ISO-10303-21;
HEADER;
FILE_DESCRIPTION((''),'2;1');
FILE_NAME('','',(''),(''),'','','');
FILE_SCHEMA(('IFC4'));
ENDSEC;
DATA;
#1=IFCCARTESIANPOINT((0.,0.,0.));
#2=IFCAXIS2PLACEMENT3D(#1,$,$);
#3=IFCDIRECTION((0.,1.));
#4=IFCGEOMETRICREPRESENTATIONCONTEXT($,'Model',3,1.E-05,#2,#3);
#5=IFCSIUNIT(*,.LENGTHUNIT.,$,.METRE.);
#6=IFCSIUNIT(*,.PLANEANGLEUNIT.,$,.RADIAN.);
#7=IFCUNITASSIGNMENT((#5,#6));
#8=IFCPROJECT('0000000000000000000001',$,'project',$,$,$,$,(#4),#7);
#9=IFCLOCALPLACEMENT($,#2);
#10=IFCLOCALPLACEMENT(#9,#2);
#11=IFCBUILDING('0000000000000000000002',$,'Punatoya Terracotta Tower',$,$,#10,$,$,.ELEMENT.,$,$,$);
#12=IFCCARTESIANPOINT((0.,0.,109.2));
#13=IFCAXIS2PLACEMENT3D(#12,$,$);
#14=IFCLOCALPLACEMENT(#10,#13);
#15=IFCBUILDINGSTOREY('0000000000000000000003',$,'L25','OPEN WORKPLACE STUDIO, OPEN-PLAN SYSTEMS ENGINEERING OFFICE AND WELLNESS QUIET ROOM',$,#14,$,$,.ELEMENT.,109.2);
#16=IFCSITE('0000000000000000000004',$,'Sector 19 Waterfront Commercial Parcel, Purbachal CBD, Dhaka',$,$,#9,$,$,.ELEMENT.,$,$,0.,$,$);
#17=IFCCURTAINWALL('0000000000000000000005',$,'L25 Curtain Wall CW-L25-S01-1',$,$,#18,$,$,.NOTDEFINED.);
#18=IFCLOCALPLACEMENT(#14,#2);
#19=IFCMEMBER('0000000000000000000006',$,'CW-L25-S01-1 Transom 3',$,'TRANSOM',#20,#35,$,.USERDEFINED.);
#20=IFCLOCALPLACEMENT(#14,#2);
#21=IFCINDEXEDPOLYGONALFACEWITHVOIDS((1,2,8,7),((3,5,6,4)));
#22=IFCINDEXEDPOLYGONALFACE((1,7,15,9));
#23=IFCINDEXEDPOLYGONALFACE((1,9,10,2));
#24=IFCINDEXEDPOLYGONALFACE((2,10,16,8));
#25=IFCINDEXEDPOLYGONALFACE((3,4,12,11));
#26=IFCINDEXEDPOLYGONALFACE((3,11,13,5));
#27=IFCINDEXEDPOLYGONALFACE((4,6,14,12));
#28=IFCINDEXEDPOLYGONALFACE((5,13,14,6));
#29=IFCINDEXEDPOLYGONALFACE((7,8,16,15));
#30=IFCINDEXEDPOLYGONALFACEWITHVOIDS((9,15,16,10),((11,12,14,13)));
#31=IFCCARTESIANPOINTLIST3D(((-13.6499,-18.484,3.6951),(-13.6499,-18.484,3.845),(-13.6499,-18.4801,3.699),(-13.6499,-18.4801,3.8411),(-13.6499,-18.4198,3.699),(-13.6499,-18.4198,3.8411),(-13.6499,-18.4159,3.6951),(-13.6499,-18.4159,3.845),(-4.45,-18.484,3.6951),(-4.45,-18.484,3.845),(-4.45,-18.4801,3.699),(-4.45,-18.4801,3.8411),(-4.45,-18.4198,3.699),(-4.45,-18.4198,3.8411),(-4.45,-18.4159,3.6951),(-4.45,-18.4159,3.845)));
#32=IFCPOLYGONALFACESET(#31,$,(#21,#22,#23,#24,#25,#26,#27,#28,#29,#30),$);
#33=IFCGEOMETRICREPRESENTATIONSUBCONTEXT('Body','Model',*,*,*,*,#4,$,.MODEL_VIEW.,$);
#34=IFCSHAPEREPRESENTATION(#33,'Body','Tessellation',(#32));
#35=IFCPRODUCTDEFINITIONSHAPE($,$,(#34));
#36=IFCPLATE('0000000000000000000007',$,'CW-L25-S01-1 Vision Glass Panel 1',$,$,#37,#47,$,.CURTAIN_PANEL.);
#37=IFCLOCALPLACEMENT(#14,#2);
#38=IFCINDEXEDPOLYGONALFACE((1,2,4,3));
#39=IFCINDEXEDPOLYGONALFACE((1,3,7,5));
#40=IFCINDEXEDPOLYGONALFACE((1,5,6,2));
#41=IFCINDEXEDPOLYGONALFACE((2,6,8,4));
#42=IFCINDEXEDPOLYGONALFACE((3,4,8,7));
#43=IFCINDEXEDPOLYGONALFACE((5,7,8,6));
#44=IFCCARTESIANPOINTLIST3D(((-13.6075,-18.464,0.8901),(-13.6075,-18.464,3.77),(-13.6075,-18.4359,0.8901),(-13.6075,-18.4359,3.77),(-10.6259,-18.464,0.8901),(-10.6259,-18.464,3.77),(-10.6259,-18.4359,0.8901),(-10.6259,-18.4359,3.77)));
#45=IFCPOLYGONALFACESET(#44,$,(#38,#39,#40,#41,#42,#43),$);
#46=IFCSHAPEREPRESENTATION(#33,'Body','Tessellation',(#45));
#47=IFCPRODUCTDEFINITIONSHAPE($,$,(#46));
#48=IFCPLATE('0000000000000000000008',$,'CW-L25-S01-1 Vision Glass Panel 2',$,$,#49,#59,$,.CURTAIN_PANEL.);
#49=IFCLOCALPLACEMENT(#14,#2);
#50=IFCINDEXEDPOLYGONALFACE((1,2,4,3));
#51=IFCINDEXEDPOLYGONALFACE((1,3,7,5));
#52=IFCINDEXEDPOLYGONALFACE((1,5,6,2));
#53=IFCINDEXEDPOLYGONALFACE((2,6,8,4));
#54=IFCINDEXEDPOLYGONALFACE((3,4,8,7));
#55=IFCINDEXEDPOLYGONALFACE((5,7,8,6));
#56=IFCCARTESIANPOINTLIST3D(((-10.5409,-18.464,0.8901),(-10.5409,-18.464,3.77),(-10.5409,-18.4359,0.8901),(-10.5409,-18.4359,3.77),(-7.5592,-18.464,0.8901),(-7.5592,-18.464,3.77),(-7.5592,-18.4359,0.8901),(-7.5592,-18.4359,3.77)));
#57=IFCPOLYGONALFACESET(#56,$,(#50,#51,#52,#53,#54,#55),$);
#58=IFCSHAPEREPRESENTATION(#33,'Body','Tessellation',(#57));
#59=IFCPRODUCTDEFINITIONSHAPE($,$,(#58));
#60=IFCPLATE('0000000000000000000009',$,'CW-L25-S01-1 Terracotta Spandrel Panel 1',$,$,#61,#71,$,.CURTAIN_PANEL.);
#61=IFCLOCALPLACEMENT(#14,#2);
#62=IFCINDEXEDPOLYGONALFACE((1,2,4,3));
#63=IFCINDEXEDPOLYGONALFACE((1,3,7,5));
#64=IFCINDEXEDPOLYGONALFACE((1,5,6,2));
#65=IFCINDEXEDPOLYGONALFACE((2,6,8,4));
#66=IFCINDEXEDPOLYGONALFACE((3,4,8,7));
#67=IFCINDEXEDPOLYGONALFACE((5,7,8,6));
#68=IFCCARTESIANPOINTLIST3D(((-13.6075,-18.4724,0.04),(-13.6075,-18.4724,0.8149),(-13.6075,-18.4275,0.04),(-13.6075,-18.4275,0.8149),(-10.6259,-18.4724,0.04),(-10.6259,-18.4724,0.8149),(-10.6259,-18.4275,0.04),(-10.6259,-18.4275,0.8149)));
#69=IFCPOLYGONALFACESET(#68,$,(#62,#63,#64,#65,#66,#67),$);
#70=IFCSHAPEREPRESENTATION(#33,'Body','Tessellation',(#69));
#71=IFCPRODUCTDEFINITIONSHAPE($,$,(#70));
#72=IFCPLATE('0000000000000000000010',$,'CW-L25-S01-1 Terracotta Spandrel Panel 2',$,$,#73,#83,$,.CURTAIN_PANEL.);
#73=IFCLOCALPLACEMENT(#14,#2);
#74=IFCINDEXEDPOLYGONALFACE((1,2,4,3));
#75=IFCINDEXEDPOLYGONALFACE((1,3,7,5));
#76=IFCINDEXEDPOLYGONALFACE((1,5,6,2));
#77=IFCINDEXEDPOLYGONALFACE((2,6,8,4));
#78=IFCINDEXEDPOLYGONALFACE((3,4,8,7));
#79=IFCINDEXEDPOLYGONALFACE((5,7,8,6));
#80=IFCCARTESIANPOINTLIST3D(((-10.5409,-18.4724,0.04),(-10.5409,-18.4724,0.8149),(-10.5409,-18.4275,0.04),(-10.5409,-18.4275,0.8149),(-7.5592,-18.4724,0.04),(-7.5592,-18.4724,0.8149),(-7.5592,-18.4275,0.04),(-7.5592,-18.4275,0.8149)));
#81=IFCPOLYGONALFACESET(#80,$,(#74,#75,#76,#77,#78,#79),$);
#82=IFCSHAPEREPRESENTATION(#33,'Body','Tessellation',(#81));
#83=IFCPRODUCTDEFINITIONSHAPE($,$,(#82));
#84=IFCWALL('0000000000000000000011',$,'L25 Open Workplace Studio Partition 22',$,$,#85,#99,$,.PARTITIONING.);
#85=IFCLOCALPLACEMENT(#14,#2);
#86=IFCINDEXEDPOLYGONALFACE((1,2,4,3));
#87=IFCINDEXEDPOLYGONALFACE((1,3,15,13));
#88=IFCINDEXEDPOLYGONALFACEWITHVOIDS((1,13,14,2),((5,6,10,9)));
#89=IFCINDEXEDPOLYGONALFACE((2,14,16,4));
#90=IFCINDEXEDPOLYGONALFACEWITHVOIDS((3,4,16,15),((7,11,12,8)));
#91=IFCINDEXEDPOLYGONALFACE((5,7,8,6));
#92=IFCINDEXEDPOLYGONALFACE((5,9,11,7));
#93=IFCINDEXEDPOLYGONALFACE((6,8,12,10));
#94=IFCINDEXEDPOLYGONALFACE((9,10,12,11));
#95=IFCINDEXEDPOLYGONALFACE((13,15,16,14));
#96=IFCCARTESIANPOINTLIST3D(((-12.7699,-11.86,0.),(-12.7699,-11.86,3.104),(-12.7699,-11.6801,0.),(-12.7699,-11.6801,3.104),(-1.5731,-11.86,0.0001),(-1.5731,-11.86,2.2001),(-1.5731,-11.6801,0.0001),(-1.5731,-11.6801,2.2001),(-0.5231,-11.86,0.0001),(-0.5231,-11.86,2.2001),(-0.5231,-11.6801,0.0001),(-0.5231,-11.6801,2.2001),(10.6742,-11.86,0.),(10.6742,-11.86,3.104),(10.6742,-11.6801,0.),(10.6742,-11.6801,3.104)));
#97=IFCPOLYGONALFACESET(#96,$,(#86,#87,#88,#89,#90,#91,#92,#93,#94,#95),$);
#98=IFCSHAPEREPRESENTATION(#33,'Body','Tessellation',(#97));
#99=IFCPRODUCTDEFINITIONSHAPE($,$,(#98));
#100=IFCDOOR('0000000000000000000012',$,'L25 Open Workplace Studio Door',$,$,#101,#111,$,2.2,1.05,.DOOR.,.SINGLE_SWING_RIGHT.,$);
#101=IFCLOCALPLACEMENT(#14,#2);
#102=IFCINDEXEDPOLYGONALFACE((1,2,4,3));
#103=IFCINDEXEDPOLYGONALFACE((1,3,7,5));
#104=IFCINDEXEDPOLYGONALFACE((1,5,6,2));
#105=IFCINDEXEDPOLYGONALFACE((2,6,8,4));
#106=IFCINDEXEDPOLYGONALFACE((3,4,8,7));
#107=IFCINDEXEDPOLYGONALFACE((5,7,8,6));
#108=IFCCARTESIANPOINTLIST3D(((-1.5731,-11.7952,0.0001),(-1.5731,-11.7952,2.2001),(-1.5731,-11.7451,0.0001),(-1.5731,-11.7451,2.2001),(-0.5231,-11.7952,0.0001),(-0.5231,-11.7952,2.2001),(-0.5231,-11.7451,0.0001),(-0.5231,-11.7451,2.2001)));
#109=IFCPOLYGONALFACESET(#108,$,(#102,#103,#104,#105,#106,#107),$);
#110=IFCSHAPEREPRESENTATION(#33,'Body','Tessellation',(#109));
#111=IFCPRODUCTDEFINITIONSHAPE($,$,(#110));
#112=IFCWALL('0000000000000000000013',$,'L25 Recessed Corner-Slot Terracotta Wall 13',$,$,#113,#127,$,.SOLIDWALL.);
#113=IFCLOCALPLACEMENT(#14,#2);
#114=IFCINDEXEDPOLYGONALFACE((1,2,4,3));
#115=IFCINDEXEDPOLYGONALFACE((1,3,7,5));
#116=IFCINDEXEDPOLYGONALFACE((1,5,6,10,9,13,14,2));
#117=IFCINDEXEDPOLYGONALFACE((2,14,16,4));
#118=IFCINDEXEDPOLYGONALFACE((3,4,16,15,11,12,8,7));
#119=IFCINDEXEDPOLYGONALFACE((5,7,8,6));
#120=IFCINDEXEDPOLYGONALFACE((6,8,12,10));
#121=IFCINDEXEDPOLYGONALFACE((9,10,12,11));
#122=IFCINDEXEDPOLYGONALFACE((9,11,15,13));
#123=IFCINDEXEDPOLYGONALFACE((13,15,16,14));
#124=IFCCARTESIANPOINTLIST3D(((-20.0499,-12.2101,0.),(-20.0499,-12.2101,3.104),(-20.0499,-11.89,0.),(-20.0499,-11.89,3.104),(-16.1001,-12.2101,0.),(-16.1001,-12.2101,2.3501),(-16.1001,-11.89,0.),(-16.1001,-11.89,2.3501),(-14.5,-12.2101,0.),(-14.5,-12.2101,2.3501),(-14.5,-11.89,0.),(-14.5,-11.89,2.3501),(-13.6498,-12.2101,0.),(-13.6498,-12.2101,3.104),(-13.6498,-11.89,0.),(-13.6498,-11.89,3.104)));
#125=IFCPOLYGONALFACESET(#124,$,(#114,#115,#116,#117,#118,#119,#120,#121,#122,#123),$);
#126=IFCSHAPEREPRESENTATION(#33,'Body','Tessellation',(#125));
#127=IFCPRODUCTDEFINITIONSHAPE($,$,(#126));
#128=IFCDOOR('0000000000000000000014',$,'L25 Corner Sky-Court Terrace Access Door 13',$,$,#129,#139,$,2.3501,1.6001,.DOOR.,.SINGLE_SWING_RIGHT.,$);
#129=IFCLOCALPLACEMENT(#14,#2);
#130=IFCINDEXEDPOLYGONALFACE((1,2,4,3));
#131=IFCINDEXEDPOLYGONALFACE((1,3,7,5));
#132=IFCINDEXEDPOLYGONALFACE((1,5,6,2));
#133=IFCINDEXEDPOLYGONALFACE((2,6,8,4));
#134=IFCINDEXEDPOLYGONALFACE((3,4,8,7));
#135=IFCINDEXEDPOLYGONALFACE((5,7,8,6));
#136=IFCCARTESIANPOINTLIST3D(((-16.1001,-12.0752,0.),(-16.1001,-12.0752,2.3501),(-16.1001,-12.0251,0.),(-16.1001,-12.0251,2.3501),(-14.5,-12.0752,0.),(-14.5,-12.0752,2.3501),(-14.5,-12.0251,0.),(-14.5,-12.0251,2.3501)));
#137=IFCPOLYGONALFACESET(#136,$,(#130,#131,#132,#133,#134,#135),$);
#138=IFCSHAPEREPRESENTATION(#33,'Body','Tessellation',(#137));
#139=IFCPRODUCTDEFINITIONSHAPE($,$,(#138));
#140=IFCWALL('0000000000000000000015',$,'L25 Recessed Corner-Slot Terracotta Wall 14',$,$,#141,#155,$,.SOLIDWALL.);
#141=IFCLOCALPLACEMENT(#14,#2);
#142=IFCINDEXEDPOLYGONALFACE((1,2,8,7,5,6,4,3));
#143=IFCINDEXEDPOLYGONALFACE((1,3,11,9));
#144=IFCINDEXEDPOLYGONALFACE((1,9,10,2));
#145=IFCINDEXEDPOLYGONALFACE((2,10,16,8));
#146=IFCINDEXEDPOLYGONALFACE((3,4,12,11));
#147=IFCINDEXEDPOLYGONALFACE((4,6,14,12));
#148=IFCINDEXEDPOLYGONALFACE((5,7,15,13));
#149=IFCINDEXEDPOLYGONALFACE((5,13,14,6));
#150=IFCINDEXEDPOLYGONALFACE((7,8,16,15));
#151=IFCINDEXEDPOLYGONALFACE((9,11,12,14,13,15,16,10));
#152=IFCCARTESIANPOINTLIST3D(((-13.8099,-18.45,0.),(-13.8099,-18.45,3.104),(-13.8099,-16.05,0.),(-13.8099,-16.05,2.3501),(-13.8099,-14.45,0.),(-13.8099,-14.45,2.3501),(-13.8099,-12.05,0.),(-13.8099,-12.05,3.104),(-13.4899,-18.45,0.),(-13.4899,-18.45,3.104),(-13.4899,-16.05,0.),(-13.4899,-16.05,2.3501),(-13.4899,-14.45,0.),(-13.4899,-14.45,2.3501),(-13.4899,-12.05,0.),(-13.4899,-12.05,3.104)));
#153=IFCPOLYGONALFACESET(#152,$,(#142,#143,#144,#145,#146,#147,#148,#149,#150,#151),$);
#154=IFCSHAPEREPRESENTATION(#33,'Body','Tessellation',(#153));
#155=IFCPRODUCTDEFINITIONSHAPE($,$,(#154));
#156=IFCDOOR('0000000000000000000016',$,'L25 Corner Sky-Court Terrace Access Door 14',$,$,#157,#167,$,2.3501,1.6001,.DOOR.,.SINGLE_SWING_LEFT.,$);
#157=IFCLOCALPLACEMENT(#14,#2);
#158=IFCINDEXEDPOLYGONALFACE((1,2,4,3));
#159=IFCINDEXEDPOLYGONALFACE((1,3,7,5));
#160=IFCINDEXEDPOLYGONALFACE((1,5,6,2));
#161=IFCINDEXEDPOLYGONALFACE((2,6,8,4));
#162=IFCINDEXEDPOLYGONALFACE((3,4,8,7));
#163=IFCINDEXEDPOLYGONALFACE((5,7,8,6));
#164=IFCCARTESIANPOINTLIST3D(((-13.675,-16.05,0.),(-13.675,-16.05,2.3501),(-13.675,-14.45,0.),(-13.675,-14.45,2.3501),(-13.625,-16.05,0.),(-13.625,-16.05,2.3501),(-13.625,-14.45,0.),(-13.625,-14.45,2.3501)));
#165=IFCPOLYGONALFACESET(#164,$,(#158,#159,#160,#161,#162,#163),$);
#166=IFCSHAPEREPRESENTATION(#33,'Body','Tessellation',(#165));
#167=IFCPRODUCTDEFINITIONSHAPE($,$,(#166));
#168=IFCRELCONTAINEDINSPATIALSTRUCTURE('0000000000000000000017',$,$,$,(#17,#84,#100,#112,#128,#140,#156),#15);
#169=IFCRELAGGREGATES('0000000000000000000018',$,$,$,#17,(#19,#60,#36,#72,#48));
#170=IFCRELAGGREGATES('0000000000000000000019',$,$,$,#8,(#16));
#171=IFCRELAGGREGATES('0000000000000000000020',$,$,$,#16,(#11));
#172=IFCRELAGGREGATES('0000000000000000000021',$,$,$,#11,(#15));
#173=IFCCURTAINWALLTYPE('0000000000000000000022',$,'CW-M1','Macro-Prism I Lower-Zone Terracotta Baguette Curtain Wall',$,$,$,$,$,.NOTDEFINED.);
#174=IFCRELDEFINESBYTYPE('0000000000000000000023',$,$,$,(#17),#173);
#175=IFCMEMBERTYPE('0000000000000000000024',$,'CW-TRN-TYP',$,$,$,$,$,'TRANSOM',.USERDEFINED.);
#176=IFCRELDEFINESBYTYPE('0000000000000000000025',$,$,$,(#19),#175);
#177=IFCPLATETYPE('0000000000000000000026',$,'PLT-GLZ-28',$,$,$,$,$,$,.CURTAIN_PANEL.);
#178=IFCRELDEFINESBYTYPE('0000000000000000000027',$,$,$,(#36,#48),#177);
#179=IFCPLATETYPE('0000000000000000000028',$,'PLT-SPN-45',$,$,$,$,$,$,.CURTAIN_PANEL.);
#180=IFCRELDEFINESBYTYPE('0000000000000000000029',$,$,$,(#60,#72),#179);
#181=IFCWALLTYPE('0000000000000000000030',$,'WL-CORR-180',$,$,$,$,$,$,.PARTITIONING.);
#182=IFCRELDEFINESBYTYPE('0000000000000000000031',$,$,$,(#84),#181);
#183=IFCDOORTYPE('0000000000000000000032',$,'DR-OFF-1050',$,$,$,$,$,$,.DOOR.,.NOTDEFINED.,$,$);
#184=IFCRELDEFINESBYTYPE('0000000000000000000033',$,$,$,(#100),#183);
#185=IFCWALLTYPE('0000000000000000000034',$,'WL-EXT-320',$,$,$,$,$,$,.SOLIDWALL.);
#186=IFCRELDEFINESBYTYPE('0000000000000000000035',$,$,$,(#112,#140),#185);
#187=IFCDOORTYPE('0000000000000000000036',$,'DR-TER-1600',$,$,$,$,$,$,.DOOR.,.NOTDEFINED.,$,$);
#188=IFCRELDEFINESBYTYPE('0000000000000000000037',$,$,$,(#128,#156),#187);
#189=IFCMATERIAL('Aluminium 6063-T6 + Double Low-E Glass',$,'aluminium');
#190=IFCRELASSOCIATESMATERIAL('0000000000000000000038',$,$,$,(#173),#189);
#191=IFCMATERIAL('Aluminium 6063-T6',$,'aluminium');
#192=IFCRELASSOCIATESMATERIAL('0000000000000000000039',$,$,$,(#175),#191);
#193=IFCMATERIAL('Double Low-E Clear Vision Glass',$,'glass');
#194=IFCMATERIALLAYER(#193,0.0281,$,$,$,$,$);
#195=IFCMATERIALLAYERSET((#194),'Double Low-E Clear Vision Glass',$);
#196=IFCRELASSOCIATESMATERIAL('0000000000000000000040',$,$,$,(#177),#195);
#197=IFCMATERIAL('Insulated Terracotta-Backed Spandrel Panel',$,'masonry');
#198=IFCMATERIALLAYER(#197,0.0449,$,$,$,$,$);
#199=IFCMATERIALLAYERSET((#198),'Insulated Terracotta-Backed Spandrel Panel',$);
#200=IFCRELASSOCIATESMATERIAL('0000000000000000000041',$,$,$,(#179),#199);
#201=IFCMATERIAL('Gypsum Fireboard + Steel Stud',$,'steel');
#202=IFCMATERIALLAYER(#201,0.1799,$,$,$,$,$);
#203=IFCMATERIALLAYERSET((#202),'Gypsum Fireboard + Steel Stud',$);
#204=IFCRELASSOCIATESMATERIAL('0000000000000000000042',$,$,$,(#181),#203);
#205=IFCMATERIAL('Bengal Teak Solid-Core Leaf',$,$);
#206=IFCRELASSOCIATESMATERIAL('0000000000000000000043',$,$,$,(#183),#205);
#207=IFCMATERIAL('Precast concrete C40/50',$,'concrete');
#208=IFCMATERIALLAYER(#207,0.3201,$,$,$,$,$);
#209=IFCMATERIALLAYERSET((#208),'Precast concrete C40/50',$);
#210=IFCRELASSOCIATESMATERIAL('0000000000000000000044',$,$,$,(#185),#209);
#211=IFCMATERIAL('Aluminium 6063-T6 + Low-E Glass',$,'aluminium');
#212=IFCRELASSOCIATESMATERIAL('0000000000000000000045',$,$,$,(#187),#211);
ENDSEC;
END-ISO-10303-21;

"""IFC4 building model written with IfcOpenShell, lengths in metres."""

from ifc_helpers import new_model, si_unit, direction, frame, frame_2d, origin, origin_2d, place, context, subcontext, project, spatial, rectangle, hollow_rectangle, extrude, material, layer, layer_set, material_profile, profile_set, type_object, element, fill, aggregate, save


model = new_model("IFC4")

# Units and contexts
model_context = context("Model", 3, precision=1e-05, world=origin(), true_north=direction((0.0, 1.0)))
body_context = subcontext(model_context, "Body", "Model", "MODEL_VIEW")
ifc_project = project(units=[si_unit("LENGTHUNIT", "METRE"), si_unit("PLANEANGLEUNIT", "RADIAN")], contexts=[model_context])

# Site, building, storey
site_placement = place(None, origin())
site = spatial("IfcSite", under=ifc_project, at=site_placement, Name="Sector 19 Waterfront Commercial Parcel, Purbachal CBD, Dhaka", CompositionType="ELEMENT", RefElevation=0.0)
building_placement = place(site_placement, origin())
building = spatial("IfcBuilding", under=site, at=building_placement, Name="Punatoya Terracotta Tower", CompositionType="ELEMENT")
storey_placement = place(building_placement, frame((0.0, 0.0, 109.2)))
storey = spatial("IfcBuildingStorey", under=building, at=storey_placement, Name="L25", Description="OPEN WORKPLACE STUDIO, OPEN-PLAN SYSTEMS ENGINEERING OFFICE AND WELLNESS QUIET ROOM", CompositionType="ELEMENT", Elevation=109.2)

# Curtain wall
ifc_material_1 = material(Name="Aluminium 6063-T6 + Double Low-E Glass", Category="aluminium")
curtain_wall_type = type_object("IfcCurtainWallType", Name="CW-M1", Description="Macro-Prism I Lower-Zone Terracotta Baguette Curtain Wall", PredefinedType="NOTDEFINED", material=ifc_material_1)
curtain_wall_1_placement = place(storey_placement, origin())
curtain_wall_1 = element("IfcCurtainWall", 1, at=curtain_wall_1_placement, inside=storey, type_object=curtain_wall_type, Name="L25 Curtain Wall CW-L25-S01-1", PredefinedType="NOTDEFINED")
ifc_material_2 = material(Name="Aluminium 6063-T6", Category="aluminium")

# Member
ifc_material_profile_1 = material_profile(ifc_material_2, hollow_rectangle(XDim=0.0681, YDim=0.1499, WallThickness=0.0039, at=origin_2d()))
ifc_profile_set_1 = profile_set([ifc_material_profile_1], Name="Aluminium 6063-T6")
member_type_1 = type_object("IfcMemberType", Name="CW-TRN-TYP", ElementType="TRANSOM", PredefinedType="USERDEFINED", material=ifc_profile_set_1)
member_1_placement = place(storey_placement, frame((-13.6499, -18.45, 3.77), z_axis=(1.0, 0.0, 0.0), x_axis=(0.0, 1.0, 0.0)))
member_1 = element("IfcMember", 2, at=member_1_placement, type_object=member_type_1, Name="CW-L25-S01-1 Transom 3", ObjectType="TRANSOM", PredefinedType="USERDEFINED", context=body_context, shape_type="SweptSolid", body=[
    extrude(hollow_rectangle(XDim=0.0681, YDim=0.1499, WallThickness=0.0039, at=origin_2d()), origin(), (0.0, 0.0, 1.0), 9.2),
])

# Plates
ifc_material_3 = material(Name="Double Low-E Clear Vision Glass", Category="glass")
ifc_layer_1 = layer(ifc_material_3, 0.0281)
ifc_layer_set_1 = layer_set([ifc_layer_1], Name="Double Low-E Clear Vision Glass")
plate_type_1 = type_object("IfcPlateType", Name="PLT-GLZ-28", PredefinedType="CURTAIN_PANEL", material=ifc_layer_set_1)
plate_1_placement = place(storey_placement, frame((-12.1167, -18.45, 0.8901), z_axis=(0.0, 0.0, 1.0), x_axis=(1.0, 0.0, 0.0)))
plate_1 = element("IfcPlate", 3, at=plate_1_placement, type_object=plate_type_1, Name="CW-L25-S01-1 Vision Glass Panel 1", PredefinedType="CURTAIN_PANEL", context=body_context, shape_type="SweptSolid", body=[
    extrude(rectangle(XDim=2.9817, YDim=0.0281, at=origin_2d()), origin(), (0.0, 0.0, 1.0), 2.8799),
])
plate_2_placement = place(storey_placement, frame((-9.05, -18.45, 0.8901), z_axis=(0.0, 0.0, 1.0), x_axis=(1.0, 0.0, 0.0)))
plate_2 = element("IfcPlate", 4, at=plate_2_placement, type_object=plate_type_1, Name="CW-L25-S01-1 Vision Glass Panel 2", PredefinedType="CURTAIN_PANEL", context=body_context, shape_type="SweptSolid", body=[
    extrude(rectangle(XDim=2.9817, YDim=0.0281, at=origin_2d()), origin(), (0.0, 0.0, 1.0), 2.8799),
])
ifc_material_4 = material(Name="Insulated Terracotta-Backed Spandrel Panel", Category="masonry")
ifc_layer_2 = layer(ifc_material_4, 0.0449)
ifc_layer_set_2 = layer_set([ifc_layer_2], Name="Insulated Terracotta-Backed Spandrel Panel")
plate_type_2 = type_object("IfcPlateType", Name="PLT-SPN-45", PredefinedType="CURTAIN_PANEL", material=ifc_layer_set_2)
plate_3_placement = place(storey_placement, frame((-12.1167, -18.45, 0.04), z_axis=(0.0, 0.0, 1.0), x_axis=(1.0, 0.0, 0.0)))
plate_3 = element("IfcPlate", 5, at=plate_3_placement, type_object=plate_type_2, Name="CW-L25-S01-1 Terracotta Spandrel Panel 1", PredefinedType="CURTAIN_PANEL", context=body_context, shape_type="SweptSolid", body=[
    extrude(rectangle(XDim=2.9817, YDim=0.0449, at=origin_2d()), origin(), (0.0, 0.0, 1.0), 0.7749),
])
plate_4_placement = place(storey_placement, frame((-9.05, -18.45, 0.04), z_axis=(0.0, 0.0, 1.0), x_axis=(1.0, 0.0, 0.0)))
plate_4 = element("IfcPlate", 6, at=plate_4_placement, type_object=plate_type_2, Name="CW-L25-S01-1 Terracotta Spandrel Panel 2", PredefinedType="CURTAIN_PANEL", context=body_context, shape_type="SweptSolid", body=[
    extrude(rectangle(XDim=2.9817, YDim=0.0449, at=origin_2d()), origin(), (0.0, 0.0, 1.0), 0.7749),
])
aggregate(curtain_wall_1, [member_1, plate_3, plate_1, plate_4, plate_2])

# Walls, openings, doors
ifc_material_5 = material(Name="Gypsum Fireboard + Steel Stud", Category="steel")
ifc_layer_3 = layer(ifc_material_5, 0.1799)
ifc_layer_set_3 = layer_set([ifc_layer_3], Name="Gypsum Fireboard + Steel Stud")
wall_type_1 = type_object("IfcWallType", Name="WL-CORR-180", PredefinedType="PARTITIONING", material=ifc_layer_set_3)
wall_1_placement = place(storey_placement, frame((-12.77, -11.77, 0.0), z_axis=(0.0, 0.0, 1.0), x_axis=(1.0, 0.0, 0.0)))
wall_1 = element("IfcWall", 7, at=wall_1_placement, inside=storey, type_object=wall_type_1, Name="L25 Open Workplace Studio Partition 22", PredefinedType="PARTITIONING", context=body_context, shape_type="SweptSolid", body=[
    extrude(rectangle(XDim=23.4441, YDim=0.1799, at=frame_2d((11.7222, 0.0))), origin(), (0.0, 0.0, 1.0), 3.104),
])
opening_1_placement = place(wall_1_placement, frame((11.197, 0.0, 0.0)))
opening_1 = element("IfcOpeningElement", 8, at=opening_1_placement, cuts=wall_1, PredefinedType="OPENING", context=body_context, shape_type="SweptSolid", body=[
    extrude(rectangle(XDim=1.05, YDim=2.2, at=frame_2d((0.5249, 1.1001))), frame((0.0, 0.0999, 0.0), z_axis=(0.0, -1.0, 0.0), x_axis=(1.0, 0.0, 0.0)), (0.0, 0.0, 1.0), 0.2),
])
ifc_material_6 = material(Name="Bengal Teak Solid-Core Leaf")
door_type_1 = type_object("IfcDoorType", Name="DR-OFF-1050", OperationType="NOTDEFINED", PredefinedType="DOOR", material=ifc_material_6)
door_1_placement = place(opening_1_placement, origin())
door_1 = element("IfcDoor", 9, at=door_1_placement, inside=storey, type_object=door_type_1, Name="L25 Open Workplace Studio Door", OperationType="SINGLE_SWING_RIGHT", OverallHeight=2.2, OverallWidth=1.05, PredefinedType="DOOR", context=body_context, shape_type="SweptSolid", body=[
    extrude(rectangle(XDim=1.05, YDim=2.2, at=frame_2d((0.5249, 1.1001))), frame((0.0, 0.0249, 0.0), z_axis=(0.0, -1.0, 0.0), x_axis=(1.0, 0.0, 0.0)), (0.0, 0.0, 1.0), 0.05),
])
fill(opening_1, door_1)
ifc_material_7 = material(Name="Precast concrete C40/50", Category="concrete")
ifc_layer_4 = layer(ifc_material_7, 0.3201)
ifc_layer_set_4 = layer_set([ifc_layer_4], Name="Precast concrete C40/50")
wall_type_2 = type_object("IfcWallType", Name="WL-EXT-320", PredefinedType="SOLIDWALL", material=ifc_layer_set_4)
wall_2_placement = place(storey_placement, frame((-20.05, -12.05, 0.0), z_axis=(0.0, 0.0, 1.0), x_axis=(1.0, 0.0, 0.0)))
wall_2 = element("IfcWall", 10, at=wall_2_placement, inside=storey, type_object=wall_type_2, Name="L25 Recessed Corner-Slot Terracotta Wall 13", PredefinedType="SOLIDWALL", context=body_context, shape_type="SweptSolid", body=[
    extrude(rectangle(XDim=6.4001, YDim=0.3201, at=frame_2d((3.2002, 0.0))), origin(), (0.0, 0.0, 1.0), 3.104),
])
opening_2_placement = place(wall_2_placement, frame((3.95, 0.0, 0.0)))
opening_2 = element("IfcOpeningElement", 11, at=opening_2_placement, cuts=wall_2, PredefinedType="OPENING", context=body_context, shape_type="SweptSolid", body=[
    extrude(rectangle(XDim=1.6001, YDim=2.3501, at=frame_2d((0.8, 1.175))), frame((0.0, 0.1699, 0.0), z_axis=(0.0, -1.0, 0.0), x_axis=(1.0, 0.0, 0.0)), (0.0, 0.0, 1.0), 0.3401),
])
ifc_material_8 = material(Name="Aluminium 6063-T6 + Low-E Glass", Category="aluminium")
door_type_2 = type_object("IfcDoorType", Name="DR-TER-1600", OperationType="NOTDEFINED", PredefinedType="DOOR", material=ifc_material_8)
door_2_placement = place(opening_2_placement, origin())
door_2 = element("IfcDoor", 12, at=door_2_placement, inside=storey, type_object=door_type_2, Name="L25 Corner Sky-Court Terrace Access Door 13", OperationType="SINGLE_SWING_RIGHT", OverallHeight=2.3501, OverallWidth=1.6001, PredefinedType="DOOR", context=body_context, shape_type="SweptSolid", body=[
    extrude(rectangle(XDim=1.6001, YDim=2.3501, at=frame_2d((0.8, 1.175))), frame((0.0, 0.0249, 0.0), z_axis=(0.0, -1.0, 0.0), x_axis=(1.0, 0.0, 0.0)), (0.0, 0.0, 1.0), 0.05),
])
fill(opening_2, door_2)
wall_3_placement = place(storey_placement, frame((-13.6499, -12.05, 0.0), z_axis=(0.0, 0.0, 1.0), x_axis=(0.0, -1.0, 0.0)))
wall_3 = element("IfcWall", 13, at=wall_3_placement, inside=storey, type_object=wall_type_2, Name="L25 Recessed Corner-Slot Terracotta Wall 14", PredefinedType="SOLIDWALL", context=body_context, shape_type="SweptSolid", body=[
    extrude(rectangle(XDim=6.3999, YDim=0.3201, at=frame_2d((3.2, 0.0))), origin(), (0.0, 0.0, 1.0), 3.104),
])
opening_3_placement = place(wall_3_placement, frame((2.3999, 0.0, 0.0)))
opening_3 = element("IfcOpeningElement", 14, at=opening_3_placement, cuts=wall_3, PredefinedType="OPENING", context=body_context, shape_type="SweptSolid", body=[
    extrude(rectangle(XDim=1.6001, YDim=2.3501, at=frame_2d((0.8, 1.175))), frame((0.0, 0.1699, 0.0), z_axis=(0.0, -1.0, 0.0), x_axis=(1.0, 0.0, 0.0)), (0.0, 0.0, 1.0), 0.3401),
])
door_3_placement = place(opening_3_placement, origin())
door_3 = element("IfcDoor", 15, at=door_3_placement, inside=storey, type_object=door_type_2, Name="L25 Corner Sky-Court Terrace Access Door 14", OperationType="SINGLE_SWING_LEFT", OverallHeight=2.3501, OverallWidth=1.6001, PredefinedType="DOOR", context=body_context, shape_type="SweptSolid", body=[
    extrude(rectangle(XDim=1.6001, YDim=2.3501, at=frame_2d((0.8, 1.175))), frame((0.0, 0.0249, 0.0), z_axis=(0.0, -1.0, 0.0), x_axis=(1.0, 0.0, 0.0)), (0.0, 0.0, 1.0), 0.05),
])
fill(opening_3, door_3)

save(model, "model.ifc")
